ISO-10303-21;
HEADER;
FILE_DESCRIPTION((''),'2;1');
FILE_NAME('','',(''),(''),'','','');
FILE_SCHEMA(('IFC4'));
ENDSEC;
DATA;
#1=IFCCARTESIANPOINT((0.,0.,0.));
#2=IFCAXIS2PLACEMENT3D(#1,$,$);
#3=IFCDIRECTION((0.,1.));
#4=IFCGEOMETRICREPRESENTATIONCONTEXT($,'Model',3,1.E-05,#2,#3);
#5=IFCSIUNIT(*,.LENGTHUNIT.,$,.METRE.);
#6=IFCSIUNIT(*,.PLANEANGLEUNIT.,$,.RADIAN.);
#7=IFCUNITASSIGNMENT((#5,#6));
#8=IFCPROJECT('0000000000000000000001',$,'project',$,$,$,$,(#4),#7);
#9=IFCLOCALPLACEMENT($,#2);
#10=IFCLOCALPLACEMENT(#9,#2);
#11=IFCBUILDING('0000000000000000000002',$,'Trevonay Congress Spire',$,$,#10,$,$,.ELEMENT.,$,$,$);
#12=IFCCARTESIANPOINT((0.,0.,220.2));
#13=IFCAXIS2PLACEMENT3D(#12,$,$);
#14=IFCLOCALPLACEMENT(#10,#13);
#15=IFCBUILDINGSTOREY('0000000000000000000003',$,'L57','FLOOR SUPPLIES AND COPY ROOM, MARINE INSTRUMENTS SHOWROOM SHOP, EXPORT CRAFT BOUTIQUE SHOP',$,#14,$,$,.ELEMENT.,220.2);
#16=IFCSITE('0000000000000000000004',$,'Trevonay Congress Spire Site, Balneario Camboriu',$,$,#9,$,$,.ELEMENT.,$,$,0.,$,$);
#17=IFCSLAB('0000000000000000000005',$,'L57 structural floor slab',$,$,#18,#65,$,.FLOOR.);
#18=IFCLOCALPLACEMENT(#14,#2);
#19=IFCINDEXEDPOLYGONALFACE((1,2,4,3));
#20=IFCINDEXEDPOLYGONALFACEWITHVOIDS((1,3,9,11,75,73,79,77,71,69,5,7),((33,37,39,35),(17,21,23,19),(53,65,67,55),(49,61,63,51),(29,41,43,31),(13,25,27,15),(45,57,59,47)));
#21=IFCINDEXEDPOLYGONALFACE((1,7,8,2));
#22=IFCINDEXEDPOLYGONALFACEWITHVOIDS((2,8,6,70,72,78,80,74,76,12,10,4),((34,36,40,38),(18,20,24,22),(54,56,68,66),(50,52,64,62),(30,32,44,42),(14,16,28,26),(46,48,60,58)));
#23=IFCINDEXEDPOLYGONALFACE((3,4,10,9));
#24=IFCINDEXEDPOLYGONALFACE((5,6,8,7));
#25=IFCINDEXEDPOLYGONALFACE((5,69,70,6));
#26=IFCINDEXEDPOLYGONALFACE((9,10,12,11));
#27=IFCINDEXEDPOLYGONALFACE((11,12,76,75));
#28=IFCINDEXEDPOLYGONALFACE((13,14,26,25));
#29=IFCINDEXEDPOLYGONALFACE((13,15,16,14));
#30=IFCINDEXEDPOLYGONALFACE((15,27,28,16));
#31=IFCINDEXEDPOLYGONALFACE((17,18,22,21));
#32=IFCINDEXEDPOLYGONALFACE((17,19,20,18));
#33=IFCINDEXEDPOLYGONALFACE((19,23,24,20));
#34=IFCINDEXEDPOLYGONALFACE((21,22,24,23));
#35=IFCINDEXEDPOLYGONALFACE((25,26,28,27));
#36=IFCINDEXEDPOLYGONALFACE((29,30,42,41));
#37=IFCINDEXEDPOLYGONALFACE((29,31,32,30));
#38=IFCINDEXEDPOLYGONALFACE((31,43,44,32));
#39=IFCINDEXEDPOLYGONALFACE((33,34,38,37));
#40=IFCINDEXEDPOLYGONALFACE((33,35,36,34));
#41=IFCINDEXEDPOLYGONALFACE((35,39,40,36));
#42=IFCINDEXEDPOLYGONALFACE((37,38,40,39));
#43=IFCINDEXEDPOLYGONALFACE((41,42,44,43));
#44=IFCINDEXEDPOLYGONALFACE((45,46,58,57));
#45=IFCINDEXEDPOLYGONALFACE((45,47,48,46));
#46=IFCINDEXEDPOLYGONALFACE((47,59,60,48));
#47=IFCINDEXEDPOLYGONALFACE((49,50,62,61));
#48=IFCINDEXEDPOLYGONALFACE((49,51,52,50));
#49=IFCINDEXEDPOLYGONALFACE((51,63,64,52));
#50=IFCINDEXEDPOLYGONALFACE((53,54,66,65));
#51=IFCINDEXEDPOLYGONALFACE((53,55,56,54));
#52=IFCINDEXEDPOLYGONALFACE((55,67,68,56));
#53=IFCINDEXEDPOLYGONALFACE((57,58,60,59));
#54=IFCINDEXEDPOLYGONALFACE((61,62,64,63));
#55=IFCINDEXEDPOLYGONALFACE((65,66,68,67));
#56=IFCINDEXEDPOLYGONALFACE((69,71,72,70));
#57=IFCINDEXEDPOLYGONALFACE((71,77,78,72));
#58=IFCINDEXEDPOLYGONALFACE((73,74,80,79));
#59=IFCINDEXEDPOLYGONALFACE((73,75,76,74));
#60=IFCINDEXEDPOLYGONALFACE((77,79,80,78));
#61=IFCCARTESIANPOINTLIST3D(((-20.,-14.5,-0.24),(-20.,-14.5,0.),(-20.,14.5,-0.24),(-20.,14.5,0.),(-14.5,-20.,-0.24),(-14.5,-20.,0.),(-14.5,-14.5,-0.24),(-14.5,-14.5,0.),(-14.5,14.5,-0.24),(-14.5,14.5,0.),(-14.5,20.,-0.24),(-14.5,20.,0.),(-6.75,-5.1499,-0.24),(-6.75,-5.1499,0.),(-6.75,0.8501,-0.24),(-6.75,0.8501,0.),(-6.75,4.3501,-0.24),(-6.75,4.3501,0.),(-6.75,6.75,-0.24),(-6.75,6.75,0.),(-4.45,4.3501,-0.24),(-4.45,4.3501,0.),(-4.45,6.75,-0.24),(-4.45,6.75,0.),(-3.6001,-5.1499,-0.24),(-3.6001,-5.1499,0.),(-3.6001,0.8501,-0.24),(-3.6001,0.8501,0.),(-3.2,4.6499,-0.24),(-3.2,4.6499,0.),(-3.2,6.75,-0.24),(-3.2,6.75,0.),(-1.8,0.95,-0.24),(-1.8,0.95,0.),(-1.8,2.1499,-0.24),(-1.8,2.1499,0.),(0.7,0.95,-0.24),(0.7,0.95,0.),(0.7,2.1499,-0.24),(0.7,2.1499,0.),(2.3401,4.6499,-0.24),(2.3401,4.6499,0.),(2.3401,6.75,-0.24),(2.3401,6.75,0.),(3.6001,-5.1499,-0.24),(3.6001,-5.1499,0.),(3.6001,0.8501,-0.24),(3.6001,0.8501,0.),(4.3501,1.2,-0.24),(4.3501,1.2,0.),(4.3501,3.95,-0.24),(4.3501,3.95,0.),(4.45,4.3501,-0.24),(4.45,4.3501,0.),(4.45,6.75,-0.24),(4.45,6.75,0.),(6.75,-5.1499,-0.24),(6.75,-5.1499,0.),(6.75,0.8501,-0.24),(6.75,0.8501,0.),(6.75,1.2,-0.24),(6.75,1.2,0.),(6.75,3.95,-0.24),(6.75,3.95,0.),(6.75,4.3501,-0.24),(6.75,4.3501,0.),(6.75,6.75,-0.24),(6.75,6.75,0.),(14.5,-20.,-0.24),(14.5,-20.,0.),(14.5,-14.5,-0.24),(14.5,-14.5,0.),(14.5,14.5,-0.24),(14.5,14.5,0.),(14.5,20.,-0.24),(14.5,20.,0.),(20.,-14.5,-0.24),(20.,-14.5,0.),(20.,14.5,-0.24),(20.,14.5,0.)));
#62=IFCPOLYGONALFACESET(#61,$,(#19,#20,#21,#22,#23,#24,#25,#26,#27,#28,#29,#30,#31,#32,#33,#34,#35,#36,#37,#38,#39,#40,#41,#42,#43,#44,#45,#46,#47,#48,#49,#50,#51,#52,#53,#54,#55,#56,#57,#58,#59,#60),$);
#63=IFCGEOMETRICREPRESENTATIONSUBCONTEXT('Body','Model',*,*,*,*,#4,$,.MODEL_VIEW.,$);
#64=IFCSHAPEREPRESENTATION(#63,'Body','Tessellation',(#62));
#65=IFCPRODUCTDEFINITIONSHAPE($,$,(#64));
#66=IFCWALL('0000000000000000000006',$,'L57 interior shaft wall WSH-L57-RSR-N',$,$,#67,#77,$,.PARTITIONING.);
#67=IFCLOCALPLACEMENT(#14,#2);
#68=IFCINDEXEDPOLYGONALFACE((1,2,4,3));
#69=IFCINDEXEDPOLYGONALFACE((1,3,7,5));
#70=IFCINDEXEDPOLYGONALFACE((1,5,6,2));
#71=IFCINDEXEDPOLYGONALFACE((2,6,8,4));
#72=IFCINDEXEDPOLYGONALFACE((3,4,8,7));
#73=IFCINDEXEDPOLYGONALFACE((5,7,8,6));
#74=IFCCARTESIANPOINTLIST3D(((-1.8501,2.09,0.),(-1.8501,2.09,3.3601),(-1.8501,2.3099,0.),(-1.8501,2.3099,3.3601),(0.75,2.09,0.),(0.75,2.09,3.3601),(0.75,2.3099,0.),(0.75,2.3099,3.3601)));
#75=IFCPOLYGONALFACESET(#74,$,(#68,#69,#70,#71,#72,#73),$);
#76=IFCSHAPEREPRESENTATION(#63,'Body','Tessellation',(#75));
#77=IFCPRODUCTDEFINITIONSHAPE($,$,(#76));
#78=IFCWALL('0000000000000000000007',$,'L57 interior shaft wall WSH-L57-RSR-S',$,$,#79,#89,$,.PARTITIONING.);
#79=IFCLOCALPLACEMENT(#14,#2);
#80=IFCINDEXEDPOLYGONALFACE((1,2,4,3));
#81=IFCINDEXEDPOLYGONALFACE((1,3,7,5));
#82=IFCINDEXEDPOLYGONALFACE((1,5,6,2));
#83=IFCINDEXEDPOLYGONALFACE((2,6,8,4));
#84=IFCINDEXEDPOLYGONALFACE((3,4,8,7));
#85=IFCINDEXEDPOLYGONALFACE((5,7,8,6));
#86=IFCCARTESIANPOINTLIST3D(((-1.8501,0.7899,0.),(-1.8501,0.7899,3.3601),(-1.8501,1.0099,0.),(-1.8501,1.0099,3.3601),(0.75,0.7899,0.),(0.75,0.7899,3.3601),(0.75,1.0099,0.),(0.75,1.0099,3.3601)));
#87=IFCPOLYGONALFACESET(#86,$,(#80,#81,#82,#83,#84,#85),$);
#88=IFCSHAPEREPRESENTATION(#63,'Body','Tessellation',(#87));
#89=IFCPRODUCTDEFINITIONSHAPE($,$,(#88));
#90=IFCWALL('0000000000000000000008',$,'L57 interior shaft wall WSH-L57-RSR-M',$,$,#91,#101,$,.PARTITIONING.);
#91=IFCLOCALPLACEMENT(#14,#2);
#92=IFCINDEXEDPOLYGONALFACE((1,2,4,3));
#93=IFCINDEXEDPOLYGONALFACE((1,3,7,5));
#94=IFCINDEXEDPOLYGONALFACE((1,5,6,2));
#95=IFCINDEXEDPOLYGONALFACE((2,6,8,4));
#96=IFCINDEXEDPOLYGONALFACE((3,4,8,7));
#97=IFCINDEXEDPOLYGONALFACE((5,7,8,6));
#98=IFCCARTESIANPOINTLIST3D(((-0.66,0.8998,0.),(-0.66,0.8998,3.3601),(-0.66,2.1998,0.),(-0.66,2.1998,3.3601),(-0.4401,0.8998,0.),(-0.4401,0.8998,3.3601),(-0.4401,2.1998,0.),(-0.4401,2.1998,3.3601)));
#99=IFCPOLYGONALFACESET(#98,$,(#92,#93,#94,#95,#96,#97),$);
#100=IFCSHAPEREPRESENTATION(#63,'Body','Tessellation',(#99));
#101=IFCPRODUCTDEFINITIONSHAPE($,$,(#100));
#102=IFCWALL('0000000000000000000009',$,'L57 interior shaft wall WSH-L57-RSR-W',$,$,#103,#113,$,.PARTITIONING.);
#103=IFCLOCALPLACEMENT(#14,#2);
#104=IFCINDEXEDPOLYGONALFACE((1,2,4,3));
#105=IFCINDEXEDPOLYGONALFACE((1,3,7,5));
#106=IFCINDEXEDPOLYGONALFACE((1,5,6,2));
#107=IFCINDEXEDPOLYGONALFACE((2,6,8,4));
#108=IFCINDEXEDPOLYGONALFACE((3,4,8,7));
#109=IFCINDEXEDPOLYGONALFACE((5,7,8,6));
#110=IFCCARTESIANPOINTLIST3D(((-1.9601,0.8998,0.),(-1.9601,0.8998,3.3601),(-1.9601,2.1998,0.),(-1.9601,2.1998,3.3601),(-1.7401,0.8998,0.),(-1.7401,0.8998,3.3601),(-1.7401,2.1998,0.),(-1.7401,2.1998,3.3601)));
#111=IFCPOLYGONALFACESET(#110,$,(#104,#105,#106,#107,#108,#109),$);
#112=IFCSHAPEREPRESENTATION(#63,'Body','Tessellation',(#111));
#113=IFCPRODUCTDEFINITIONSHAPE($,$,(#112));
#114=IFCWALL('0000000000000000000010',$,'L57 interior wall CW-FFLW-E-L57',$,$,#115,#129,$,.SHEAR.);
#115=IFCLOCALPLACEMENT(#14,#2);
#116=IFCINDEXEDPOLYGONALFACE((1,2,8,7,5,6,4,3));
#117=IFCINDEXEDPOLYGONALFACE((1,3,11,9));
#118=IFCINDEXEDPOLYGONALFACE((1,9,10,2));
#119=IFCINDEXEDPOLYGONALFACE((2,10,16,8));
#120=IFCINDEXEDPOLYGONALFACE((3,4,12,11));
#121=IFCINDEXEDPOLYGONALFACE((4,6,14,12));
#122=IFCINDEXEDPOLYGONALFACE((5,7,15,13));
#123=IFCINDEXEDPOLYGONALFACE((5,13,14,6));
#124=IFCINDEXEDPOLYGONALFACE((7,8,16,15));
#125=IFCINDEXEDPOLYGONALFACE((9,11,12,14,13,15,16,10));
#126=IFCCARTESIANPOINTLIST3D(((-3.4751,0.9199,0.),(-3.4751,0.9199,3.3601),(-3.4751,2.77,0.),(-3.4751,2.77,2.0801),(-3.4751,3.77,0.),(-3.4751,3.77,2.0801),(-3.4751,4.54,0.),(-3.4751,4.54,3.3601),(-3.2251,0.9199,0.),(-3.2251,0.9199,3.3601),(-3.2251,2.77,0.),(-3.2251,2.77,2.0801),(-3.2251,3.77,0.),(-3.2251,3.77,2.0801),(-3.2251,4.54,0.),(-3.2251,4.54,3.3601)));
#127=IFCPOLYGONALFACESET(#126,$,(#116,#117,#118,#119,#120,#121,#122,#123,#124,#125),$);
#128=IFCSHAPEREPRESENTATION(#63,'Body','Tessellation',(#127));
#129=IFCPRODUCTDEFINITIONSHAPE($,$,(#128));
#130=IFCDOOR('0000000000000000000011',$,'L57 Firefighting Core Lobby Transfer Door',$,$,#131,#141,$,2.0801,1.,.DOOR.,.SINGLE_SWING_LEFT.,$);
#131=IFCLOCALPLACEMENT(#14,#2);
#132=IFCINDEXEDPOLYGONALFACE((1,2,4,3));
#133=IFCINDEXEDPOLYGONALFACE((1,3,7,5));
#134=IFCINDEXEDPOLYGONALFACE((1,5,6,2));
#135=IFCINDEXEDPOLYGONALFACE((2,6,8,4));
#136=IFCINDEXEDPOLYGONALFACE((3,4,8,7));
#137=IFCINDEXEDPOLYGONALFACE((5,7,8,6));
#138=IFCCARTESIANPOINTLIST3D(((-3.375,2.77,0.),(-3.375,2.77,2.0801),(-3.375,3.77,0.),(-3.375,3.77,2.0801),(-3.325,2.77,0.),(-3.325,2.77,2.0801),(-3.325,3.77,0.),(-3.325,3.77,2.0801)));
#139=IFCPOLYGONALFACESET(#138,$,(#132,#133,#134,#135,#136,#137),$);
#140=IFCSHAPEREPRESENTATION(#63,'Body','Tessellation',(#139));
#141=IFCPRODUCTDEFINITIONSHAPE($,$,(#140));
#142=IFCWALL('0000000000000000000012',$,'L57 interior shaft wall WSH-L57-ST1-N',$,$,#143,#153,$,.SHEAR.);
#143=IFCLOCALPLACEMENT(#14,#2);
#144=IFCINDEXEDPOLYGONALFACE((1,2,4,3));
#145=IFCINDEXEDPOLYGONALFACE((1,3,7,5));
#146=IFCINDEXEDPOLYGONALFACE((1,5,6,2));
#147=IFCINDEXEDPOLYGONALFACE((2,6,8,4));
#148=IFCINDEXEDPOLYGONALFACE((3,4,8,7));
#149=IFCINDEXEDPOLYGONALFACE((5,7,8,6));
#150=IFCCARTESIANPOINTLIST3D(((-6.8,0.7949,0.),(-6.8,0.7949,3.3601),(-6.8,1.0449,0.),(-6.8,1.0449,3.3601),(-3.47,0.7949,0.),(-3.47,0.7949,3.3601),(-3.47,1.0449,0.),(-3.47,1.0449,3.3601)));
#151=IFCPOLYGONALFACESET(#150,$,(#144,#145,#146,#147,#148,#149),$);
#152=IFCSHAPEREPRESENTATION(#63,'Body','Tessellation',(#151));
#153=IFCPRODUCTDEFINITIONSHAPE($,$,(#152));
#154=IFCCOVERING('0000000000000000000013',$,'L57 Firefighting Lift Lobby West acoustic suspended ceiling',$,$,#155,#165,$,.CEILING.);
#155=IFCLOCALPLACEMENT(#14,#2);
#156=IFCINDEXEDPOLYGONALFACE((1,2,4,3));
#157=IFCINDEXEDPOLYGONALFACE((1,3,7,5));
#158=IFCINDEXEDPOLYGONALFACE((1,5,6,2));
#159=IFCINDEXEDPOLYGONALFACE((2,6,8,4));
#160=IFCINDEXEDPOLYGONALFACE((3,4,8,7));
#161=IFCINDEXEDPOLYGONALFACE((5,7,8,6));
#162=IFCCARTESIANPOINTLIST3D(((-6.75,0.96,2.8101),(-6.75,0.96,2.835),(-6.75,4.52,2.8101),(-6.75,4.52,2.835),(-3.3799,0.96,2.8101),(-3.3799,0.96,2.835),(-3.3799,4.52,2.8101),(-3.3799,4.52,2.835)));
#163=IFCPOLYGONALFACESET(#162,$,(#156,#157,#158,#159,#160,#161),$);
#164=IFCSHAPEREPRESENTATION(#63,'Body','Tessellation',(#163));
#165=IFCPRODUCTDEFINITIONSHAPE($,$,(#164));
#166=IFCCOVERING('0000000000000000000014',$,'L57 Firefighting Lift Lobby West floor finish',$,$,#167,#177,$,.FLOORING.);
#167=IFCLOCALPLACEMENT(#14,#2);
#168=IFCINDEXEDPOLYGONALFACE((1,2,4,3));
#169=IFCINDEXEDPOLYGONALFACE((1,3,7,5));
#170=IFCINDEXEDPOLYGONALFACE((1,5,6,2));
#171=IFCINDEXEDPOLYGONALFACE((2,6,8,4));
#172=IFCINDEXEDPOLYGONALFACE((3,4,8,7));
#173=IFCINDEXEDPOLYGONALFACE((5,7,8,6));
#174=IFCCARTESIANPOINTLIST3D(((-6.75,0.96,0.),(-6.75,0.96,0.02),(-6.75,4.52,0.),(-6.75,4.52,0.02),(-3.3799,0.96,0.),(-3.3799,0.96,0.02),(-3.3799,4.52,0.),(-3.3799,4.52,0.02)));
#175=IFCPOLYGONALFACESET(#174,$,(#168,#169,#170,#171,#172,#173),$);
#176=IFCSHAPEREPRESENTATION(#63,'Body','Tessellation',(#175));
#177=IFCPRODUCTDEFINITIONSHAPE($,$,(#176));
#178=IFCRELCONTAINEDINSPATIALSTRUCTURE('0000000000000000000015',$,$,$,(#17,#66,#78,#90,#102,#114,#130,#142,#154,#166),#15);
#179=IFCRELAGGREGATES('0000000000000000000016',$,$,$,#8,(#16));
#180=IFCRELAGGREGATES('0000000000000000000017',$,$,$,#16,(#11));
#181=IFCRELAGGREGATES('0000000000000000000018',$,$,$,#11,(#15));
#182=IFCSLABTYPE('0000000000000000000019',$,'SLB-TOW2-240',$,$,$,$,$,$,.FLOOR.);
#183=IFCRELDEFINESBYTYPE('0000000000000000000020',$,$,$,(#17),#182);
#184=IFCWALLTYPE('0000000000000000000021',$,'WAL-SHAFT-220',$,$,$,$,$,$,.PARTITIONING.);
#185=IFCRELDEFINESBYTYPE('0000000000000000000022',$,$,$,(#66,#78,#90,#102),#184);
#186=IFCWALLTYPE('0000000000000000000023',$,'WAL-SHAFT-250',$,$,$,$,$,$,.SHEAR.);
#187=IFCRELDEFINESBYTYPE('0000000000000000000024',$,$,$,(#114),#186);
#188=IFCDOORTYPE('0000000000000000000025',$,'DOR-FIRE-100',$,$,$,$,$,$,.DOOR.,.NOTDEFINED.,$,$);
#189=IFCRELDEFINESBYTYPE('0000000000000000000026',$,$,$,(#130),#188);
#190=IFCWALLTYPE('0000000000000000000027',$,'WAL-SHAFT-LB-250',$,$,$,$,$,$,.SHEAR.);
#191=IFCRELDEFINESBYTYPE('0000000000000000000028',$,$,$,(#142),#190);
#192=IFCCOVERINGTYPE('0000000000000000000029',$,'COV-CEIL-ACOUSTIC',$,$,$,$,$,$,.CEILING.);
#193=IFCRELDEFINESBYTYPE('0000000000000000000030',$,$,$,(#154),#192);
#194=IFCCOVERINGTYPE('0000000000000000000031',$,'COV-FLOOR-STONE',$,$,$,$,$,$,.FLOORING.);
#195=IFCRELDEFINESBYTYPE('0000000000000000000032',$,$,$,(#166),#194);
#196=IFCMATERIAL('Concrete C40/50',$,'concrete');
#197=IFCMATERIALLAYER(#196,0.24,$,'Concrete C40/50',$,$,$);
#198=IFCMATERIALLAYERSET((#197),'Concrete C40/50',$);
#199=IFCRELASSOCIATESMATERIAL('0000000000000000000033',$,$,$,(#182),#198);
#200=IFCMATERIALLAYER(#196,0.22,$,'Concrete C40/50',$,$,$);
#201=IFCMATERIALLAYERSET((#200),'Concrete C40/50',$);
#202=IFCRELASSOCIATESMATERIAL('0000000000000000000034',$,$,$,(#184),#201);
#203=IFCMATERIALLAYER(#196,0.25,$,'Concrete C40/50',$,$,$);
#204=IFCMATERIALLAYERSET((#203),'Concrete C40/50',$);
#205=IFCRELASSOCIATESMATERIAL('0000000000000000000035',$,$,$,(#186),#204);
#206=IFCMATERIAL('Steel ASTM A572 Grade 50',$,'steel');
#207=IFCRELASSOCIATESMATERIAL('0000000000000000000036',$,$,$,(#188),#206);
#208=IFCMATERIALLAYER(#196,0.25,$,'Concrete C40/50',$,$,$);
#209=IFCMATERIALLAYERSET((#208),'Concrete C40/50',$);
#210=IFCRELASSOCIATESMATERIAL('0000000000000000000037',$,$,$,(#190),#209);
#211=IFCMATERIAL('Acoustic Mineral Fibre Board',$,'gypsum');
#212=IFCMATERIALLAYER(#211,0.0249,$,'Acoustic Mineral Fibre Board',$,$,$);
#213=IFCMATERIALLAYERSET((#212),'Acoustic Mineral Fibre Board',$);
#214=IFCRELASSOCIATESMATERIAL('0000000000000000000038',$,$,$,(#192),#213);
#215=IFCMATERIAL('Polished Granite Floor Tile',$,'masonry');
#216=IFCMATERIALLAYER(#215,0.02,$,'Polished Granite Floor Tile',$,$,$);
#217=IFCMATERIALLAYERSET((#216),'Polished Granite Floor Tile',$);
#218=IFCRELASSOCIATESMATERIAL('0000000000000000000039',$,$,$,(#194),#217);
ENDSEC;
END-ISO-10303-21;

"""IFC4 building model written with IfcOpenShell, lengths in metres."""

from ifc_helpers import new_model, si_unit, direction, frame, frame_2d, origin, place, context, subcontext, project, spatial, polyline, rectangle, outline, extrude, material, layer, layer_set, type_object, element, fill, save


model = new_model("IFC4")

# Units and contexts
model_context = context("Model", 3, precision=1e-05, world=origin(), true_north=direction((0.0, 1.0)))
body_context = subcontext(model_context, "Body", "Model", "MODEL_VIEW")
ifc_project = project(units=[si_unit("LENGTHUNIT", "METRE"), si_unit("PLANEANGLEUNIT", "RADIAN")], contexts=[model_context])

# Site, building, storey
site_placement = place(None, origin())
site = spatial("IfcSite", under=ifc_project, at=site_placement, Name="Trevonay Congress Spire Site, Balneario Camboriu", CompositionType="ELEMENT", RefElevation=0.0)
building_placement = place(site_placement, origin())
building = spatial("IfcBuilding", under=site, at=building_placement, Name="Trevonay Congress Spire", CompositionType="ELEMENT")
storey_placement = place(building_placement, frame((0.0, 0.0, 220.2)))
storey = spatial("IfcBuildingStorey", under=building, at=storey_placement, Name="L57", Description="FLOOR SUPPLIES AND COPY ROOM, MARINE INSTRUMENTS SHOWROOM SHOP, EXPORT CRAFT BOUTIQUE SHOP", CompositionType="ELEMENT", Elevation=220.2)

# Shared definitions
ifc_material_1 = material(Name="Steel ASTM A572 Grade 50", Category="steel")

# Shared definitions
ifc_material_2 = material(Name="Concrete C40/50", Category="concrete")

# Slab
ifc_layer_1 = layer(ifc_material_2, 0.24, Name="Concrete C40/50")
ifc_layer_set_1 = layer_set([ifc_layer_1], Name="Concrete C40/50")
slab_type_1 = type_object("IfcSlabType", Name="SLB-TOW2-240", PredefinedType="FLOOR", material=ifc_layer_set_1)
slab_1_placement = place(storey_placement, frame((0.0, 0.0, -0.24)))
element("IfcSlab", 1, at=slab_1_placement, inside=storey, type_object=slab_type_1, Name="L57 structural floor slab", PredefinedType="FLOOR", context=body_context, shape_type="SweptSolid", body=[
    extrude(outline(polyline([(-14.5, -20.0), (14.5, -20.0), (14.5, -14.5), (20.0, -14.5), (20.0, 14.5), (14.5, 14.5), (14.5, 20.0), (-14.5, 20.0), (-14.5, 14.5), (-20.0, 14.5), (-20.0, -14.5), (-14.5, -14.5), (-14.5, -20.0)]), holes=[polyline([(-3.6001, -5.1499), (-3.6001, 0.8501), (-6.75, 0.8501), (-6.75, -5.1499), (-3.6001, -5.1499)]), polyline([(6.75, -5.1499), (6.75, 0.8501), (3.6001, 0.8501), (3.6001, -5.1499), (6.75, -5.1499)]), polyline([(-3.2, 4.6499), (2.3401, 4.6499), (2.3401, 6.75), (-3.2, 6.75), (-3.2, 4.6499)]), polyline([(-6.75, 4.3501), (-4.45, 4.3501), (-4.45, 6.75), (-6.75, 6.75), (-6.75, 4.3501)]), polyline([(4.45, 4.3501), (6.75, 4.3501), (6.75, 6.75), (4.45, 6.75), (4.45, 4.3501)]), polyline([(4.3501, 1.2), (6.75, 1.2), (6.75, 3.95), (4.3501, 3.95), (4.3501, 1.2)]), polyline([(-1.8, 0.95), (0.7, 0.95), (0.7, 2.1499), (-1.8, 2.1499), (-1.8, 0.95)])]), origin(), (0.0, 0.0, 1.0), 0.24),
])

# Walls
ifc_layer_2 = layer(ifc_material_2, 0.22, Name="Concrete C40/50")
ifc_layer_set_2 = layer_set([ifc_layer_2], Name="Concrete C40/50")
wall_type_1 = type_object("IfcWallType", Name="WAL-SHAFT-220", PredefinedType="PARTITIONING", material=ifc_layer_set_2)
for number, where, z_axis, x_axis, name in (
    (2, (-1.8501, 2.2, 0.0), (0.0, 0.0, 1.0), (1.0, 0.0, 0.0), "L57 interior shaft wall WSH-L57-RSR-N"),
    (3, (-1.8501, 0.8999, 0.0), (0.0, 0.0, 1.0), (1.0, 0.0, 0.0), "L57 interior shaft wall WSH-L57-RSR-S"),
):
    element("IfcWall", number, at=place(storey_placement, frame(where, z_axis=z_axis, x_axis=x_axis)), inside=storey, type_object=wall_type_1, Name=name, PredefinedType="PARTITIONING", context=body_context, shape_type="SweptSolid", body=[
        extrude(rectangle(XDim=2.6001, YDim=0.22, at=frame_2d((1.3, 0.0))), origin(), (0.0, 0.0, 1.0), 3.3601),
    ])
for number, where, z_axis, x_axis, name in (
    (4, (-0.55, 0.8999, 0.0), (0.0, 0.0, 1.0), (0.0, 1.0, 0.0), "L57 interior shaft wall WSH-L57-RSR-M"),
    (5, (-1.8501, 0.8999, 0.0), (0.0, 0.0, 1.0), (0.0, 1.0, 0.0), "L57 interior shaft wall WSH-L57-RSR-W"),
):
    element("IfcWall", number, at=place(storey_placement, frame(where, z_axis=z_axis, x_axis=x_axis)), inside=storey, type_object=wall_type_1, Name=name, PredefinedType="PARTITIONING", context=body_context, shape_type="SweptSolid", body=[
        extrude(rectangle(XDim=1.3, YDim=0.22, at=frame_2d((0.6499, 0.0))), origin(), (0.0, 0.0, 1.0), 3.3601),
    ])

# Wall, opening, door
ifc_layer_3 = layer(ifc_material_2, 0.25, Name="Concrete C40/50")
ifc_layer_set_3 = layer_set([ifc_layer_3], Name="Concrete C40/50")
wall_type_2 = type_object("IfcWallType", Name="WAL-SHAFT-250", PredefinedType="SHEAR", material=ifc_layer_set_3)
wall_1_placement = place(storey_placement, frame((-3.3501, 0.9199, 0.0), z_axis=(0.0, 0.0, 1.0), x_axis=(0.0, 1.0, 0.0)))
wall_1 = element("IfcWall", 6, at=wall_1_placement, inside=storey, type_object=wall_type_2, Name="L57 interior wall CW-FFLW-E-L57", PredefinedType="SHEAR", context=body_context, shape_type="SweptSolid", body=[
    extrude(rectangle(XDim=3.6201, YDim=0.25, at=frame_2d((1.8101, 0.0))), origin(), (0.0, 0.0, 1.0), 3.3601),
])
opening_placement = place(wall_1_placement, frame((1.8501, 0.0, 0.0)))
opening = element("IfcOpeningElement", 7, at=opening_placement, cuts=wall_1, PredefinedType="OPENING", context=body_context, shape_type="SweptSolid", body=[
    extrude(rectangle(XDim=1.0, YDim=2.0801, at=frame_2d((0.5, 1.04))), frame((0.0, 0.135, 0.0), z_axis=(0.0, -1.0, 0.0), x_axis=(1.0, 0.0, 0.0)), (0.0, 0.0, 1.0), 0.27),
])
door_type = type_object("IfcDoorType", Name="DOR-FIRE-100", OperationType="NOTDEFINED", PredefinedType="DOOR", material=ifc_material_1)
door_placement = place(opening_placement, origin())
door = element("IfcDoor", 8, at=door_placement, inside=storey, type_object=door_type, Name="L57 Firefighting Core Lobby Transfer Door", OperationType="SINGLE_SWING_LEFT", OverallHeight=2.0801, OverallWidth=1.0, PredefinedType="DOOR", context=body_context, shape_type="SweptSolid", body=[
    extrude(rectangle(XDim=1.0, YDim=2.0801, at=frame_2d((0.5, 1.04))), frame((0.0, 0.0249, 0.0), z_axis=(0.0, -1.0, 0.0), x_axis=(1.0, 0.0, 0.0)), (0.0, 0.0, 1.0), 0.05),
])
fill(opening, door)

# Wall
ifc_layer_4 = layer(ifc_material_2, 0.25, Name="Concrete C40/50")
ifc_layer_set_4 = layer_set([ifc_layer_4], Name="Concrete C40/50")
wall_type_3 = type_object("IfcWallType", Name="WAL-SHAFT-LB-250", PredefinedType="SHEAR", material=ifc_layer_set_4)
wall_2_placement = place(storey_placement, frame((-6.8, 0.9199, 0.0), z_axis=(0.0, 0.0, 1.0), x_axis=(1.0, 0.0, 0.0)))
element("IfcWall", 9, at=wall_2_placement, inside=storey, type_object=wall_type_3, Name="L57 interior shaft wall WSH-L57-ST1-N", PredefinedType="SHEAR", context=body_context, shape_type="SweptSolid", body=[
    extrude(rectangle(XDim=3.3301, YDim=0.25, at=frame_2d((1.665, 0.0))), origin(), (0.0, 0.0, 1.0), 3.3601),
])

# Coverings
ifc_material_3 = material(Name="Acoustic Mineral Fibre Board", Category="gypsum")
ifc_layer_5 = layer(ifc_material_3, 0.0249, Name="Acoustic Mineral Fibre Board")
ifc_layer_set_5 = layer_set([ifc_layer_5], Name="Acoustic Mineral Fibre Board")
covering_type_1 = type_object("IfcCoveringType", Name="COV-CEIL-ACOUSTIC", PredefinedType="CEILING", material=ifc_layer_set_5)
covering_1_placement = place(storey_placement, frame((0.0, 0.0, 2.8101)))
element("IfcCovering", 10, at=covering_1_placement, inside=storey, type_object=covering_type_1, Name="L57 Firefighting Lift Lobby West acoustic suspended ceiling", PredefinedType="CEILING", context=body_context, shape_type="SweptSolid", body=[
    extrude(outline(polyline([(-6.75, 0.96), (-3.3799, 0.96), (-3.3799, 4.52), (-6.75, 4.52), (-6.75, 0.96)])), origin(), (0.0, 0.0, 1.0), 0.0249),
])
ifc_material_4 = material(Name="Polished Granite Floor Tile", Category="masonry")
ifc_layer_6 = layer(ifc_material_4, 0.02, Name="Polished Granite Floor Tile")
ifc_layer_set_6 = layer_set([ifc_layer_6], Name="Polished Granite Floor Tile")
covering_type_2 = type_object("IfcCoveringType", Name="COV-FLOOR-STONE", PredefinedType="FLOORING", material=ifc_layer_set_6)
covering_2_placement = place(storey_placement, origin())
element("IfcCovering", 11, at=covering_2_placement, inside=storey, type_object=covering_type_2, Name="L57 Firefighting Lift Lobby West floor finish", PredefinedType="FLOORING", context=body_context, shape_type="SweptSolid", body=[
    extrude(outline(polyline([(-6.75, 0.96), (-3.3799, 0.96), (-3.3799, 4.52), (-6.75, 4.52), (-6.75, 0.96)])), origin(), (0.0, 0.0, 1.0), 0.02),
])

save(model, "model.ifc")
